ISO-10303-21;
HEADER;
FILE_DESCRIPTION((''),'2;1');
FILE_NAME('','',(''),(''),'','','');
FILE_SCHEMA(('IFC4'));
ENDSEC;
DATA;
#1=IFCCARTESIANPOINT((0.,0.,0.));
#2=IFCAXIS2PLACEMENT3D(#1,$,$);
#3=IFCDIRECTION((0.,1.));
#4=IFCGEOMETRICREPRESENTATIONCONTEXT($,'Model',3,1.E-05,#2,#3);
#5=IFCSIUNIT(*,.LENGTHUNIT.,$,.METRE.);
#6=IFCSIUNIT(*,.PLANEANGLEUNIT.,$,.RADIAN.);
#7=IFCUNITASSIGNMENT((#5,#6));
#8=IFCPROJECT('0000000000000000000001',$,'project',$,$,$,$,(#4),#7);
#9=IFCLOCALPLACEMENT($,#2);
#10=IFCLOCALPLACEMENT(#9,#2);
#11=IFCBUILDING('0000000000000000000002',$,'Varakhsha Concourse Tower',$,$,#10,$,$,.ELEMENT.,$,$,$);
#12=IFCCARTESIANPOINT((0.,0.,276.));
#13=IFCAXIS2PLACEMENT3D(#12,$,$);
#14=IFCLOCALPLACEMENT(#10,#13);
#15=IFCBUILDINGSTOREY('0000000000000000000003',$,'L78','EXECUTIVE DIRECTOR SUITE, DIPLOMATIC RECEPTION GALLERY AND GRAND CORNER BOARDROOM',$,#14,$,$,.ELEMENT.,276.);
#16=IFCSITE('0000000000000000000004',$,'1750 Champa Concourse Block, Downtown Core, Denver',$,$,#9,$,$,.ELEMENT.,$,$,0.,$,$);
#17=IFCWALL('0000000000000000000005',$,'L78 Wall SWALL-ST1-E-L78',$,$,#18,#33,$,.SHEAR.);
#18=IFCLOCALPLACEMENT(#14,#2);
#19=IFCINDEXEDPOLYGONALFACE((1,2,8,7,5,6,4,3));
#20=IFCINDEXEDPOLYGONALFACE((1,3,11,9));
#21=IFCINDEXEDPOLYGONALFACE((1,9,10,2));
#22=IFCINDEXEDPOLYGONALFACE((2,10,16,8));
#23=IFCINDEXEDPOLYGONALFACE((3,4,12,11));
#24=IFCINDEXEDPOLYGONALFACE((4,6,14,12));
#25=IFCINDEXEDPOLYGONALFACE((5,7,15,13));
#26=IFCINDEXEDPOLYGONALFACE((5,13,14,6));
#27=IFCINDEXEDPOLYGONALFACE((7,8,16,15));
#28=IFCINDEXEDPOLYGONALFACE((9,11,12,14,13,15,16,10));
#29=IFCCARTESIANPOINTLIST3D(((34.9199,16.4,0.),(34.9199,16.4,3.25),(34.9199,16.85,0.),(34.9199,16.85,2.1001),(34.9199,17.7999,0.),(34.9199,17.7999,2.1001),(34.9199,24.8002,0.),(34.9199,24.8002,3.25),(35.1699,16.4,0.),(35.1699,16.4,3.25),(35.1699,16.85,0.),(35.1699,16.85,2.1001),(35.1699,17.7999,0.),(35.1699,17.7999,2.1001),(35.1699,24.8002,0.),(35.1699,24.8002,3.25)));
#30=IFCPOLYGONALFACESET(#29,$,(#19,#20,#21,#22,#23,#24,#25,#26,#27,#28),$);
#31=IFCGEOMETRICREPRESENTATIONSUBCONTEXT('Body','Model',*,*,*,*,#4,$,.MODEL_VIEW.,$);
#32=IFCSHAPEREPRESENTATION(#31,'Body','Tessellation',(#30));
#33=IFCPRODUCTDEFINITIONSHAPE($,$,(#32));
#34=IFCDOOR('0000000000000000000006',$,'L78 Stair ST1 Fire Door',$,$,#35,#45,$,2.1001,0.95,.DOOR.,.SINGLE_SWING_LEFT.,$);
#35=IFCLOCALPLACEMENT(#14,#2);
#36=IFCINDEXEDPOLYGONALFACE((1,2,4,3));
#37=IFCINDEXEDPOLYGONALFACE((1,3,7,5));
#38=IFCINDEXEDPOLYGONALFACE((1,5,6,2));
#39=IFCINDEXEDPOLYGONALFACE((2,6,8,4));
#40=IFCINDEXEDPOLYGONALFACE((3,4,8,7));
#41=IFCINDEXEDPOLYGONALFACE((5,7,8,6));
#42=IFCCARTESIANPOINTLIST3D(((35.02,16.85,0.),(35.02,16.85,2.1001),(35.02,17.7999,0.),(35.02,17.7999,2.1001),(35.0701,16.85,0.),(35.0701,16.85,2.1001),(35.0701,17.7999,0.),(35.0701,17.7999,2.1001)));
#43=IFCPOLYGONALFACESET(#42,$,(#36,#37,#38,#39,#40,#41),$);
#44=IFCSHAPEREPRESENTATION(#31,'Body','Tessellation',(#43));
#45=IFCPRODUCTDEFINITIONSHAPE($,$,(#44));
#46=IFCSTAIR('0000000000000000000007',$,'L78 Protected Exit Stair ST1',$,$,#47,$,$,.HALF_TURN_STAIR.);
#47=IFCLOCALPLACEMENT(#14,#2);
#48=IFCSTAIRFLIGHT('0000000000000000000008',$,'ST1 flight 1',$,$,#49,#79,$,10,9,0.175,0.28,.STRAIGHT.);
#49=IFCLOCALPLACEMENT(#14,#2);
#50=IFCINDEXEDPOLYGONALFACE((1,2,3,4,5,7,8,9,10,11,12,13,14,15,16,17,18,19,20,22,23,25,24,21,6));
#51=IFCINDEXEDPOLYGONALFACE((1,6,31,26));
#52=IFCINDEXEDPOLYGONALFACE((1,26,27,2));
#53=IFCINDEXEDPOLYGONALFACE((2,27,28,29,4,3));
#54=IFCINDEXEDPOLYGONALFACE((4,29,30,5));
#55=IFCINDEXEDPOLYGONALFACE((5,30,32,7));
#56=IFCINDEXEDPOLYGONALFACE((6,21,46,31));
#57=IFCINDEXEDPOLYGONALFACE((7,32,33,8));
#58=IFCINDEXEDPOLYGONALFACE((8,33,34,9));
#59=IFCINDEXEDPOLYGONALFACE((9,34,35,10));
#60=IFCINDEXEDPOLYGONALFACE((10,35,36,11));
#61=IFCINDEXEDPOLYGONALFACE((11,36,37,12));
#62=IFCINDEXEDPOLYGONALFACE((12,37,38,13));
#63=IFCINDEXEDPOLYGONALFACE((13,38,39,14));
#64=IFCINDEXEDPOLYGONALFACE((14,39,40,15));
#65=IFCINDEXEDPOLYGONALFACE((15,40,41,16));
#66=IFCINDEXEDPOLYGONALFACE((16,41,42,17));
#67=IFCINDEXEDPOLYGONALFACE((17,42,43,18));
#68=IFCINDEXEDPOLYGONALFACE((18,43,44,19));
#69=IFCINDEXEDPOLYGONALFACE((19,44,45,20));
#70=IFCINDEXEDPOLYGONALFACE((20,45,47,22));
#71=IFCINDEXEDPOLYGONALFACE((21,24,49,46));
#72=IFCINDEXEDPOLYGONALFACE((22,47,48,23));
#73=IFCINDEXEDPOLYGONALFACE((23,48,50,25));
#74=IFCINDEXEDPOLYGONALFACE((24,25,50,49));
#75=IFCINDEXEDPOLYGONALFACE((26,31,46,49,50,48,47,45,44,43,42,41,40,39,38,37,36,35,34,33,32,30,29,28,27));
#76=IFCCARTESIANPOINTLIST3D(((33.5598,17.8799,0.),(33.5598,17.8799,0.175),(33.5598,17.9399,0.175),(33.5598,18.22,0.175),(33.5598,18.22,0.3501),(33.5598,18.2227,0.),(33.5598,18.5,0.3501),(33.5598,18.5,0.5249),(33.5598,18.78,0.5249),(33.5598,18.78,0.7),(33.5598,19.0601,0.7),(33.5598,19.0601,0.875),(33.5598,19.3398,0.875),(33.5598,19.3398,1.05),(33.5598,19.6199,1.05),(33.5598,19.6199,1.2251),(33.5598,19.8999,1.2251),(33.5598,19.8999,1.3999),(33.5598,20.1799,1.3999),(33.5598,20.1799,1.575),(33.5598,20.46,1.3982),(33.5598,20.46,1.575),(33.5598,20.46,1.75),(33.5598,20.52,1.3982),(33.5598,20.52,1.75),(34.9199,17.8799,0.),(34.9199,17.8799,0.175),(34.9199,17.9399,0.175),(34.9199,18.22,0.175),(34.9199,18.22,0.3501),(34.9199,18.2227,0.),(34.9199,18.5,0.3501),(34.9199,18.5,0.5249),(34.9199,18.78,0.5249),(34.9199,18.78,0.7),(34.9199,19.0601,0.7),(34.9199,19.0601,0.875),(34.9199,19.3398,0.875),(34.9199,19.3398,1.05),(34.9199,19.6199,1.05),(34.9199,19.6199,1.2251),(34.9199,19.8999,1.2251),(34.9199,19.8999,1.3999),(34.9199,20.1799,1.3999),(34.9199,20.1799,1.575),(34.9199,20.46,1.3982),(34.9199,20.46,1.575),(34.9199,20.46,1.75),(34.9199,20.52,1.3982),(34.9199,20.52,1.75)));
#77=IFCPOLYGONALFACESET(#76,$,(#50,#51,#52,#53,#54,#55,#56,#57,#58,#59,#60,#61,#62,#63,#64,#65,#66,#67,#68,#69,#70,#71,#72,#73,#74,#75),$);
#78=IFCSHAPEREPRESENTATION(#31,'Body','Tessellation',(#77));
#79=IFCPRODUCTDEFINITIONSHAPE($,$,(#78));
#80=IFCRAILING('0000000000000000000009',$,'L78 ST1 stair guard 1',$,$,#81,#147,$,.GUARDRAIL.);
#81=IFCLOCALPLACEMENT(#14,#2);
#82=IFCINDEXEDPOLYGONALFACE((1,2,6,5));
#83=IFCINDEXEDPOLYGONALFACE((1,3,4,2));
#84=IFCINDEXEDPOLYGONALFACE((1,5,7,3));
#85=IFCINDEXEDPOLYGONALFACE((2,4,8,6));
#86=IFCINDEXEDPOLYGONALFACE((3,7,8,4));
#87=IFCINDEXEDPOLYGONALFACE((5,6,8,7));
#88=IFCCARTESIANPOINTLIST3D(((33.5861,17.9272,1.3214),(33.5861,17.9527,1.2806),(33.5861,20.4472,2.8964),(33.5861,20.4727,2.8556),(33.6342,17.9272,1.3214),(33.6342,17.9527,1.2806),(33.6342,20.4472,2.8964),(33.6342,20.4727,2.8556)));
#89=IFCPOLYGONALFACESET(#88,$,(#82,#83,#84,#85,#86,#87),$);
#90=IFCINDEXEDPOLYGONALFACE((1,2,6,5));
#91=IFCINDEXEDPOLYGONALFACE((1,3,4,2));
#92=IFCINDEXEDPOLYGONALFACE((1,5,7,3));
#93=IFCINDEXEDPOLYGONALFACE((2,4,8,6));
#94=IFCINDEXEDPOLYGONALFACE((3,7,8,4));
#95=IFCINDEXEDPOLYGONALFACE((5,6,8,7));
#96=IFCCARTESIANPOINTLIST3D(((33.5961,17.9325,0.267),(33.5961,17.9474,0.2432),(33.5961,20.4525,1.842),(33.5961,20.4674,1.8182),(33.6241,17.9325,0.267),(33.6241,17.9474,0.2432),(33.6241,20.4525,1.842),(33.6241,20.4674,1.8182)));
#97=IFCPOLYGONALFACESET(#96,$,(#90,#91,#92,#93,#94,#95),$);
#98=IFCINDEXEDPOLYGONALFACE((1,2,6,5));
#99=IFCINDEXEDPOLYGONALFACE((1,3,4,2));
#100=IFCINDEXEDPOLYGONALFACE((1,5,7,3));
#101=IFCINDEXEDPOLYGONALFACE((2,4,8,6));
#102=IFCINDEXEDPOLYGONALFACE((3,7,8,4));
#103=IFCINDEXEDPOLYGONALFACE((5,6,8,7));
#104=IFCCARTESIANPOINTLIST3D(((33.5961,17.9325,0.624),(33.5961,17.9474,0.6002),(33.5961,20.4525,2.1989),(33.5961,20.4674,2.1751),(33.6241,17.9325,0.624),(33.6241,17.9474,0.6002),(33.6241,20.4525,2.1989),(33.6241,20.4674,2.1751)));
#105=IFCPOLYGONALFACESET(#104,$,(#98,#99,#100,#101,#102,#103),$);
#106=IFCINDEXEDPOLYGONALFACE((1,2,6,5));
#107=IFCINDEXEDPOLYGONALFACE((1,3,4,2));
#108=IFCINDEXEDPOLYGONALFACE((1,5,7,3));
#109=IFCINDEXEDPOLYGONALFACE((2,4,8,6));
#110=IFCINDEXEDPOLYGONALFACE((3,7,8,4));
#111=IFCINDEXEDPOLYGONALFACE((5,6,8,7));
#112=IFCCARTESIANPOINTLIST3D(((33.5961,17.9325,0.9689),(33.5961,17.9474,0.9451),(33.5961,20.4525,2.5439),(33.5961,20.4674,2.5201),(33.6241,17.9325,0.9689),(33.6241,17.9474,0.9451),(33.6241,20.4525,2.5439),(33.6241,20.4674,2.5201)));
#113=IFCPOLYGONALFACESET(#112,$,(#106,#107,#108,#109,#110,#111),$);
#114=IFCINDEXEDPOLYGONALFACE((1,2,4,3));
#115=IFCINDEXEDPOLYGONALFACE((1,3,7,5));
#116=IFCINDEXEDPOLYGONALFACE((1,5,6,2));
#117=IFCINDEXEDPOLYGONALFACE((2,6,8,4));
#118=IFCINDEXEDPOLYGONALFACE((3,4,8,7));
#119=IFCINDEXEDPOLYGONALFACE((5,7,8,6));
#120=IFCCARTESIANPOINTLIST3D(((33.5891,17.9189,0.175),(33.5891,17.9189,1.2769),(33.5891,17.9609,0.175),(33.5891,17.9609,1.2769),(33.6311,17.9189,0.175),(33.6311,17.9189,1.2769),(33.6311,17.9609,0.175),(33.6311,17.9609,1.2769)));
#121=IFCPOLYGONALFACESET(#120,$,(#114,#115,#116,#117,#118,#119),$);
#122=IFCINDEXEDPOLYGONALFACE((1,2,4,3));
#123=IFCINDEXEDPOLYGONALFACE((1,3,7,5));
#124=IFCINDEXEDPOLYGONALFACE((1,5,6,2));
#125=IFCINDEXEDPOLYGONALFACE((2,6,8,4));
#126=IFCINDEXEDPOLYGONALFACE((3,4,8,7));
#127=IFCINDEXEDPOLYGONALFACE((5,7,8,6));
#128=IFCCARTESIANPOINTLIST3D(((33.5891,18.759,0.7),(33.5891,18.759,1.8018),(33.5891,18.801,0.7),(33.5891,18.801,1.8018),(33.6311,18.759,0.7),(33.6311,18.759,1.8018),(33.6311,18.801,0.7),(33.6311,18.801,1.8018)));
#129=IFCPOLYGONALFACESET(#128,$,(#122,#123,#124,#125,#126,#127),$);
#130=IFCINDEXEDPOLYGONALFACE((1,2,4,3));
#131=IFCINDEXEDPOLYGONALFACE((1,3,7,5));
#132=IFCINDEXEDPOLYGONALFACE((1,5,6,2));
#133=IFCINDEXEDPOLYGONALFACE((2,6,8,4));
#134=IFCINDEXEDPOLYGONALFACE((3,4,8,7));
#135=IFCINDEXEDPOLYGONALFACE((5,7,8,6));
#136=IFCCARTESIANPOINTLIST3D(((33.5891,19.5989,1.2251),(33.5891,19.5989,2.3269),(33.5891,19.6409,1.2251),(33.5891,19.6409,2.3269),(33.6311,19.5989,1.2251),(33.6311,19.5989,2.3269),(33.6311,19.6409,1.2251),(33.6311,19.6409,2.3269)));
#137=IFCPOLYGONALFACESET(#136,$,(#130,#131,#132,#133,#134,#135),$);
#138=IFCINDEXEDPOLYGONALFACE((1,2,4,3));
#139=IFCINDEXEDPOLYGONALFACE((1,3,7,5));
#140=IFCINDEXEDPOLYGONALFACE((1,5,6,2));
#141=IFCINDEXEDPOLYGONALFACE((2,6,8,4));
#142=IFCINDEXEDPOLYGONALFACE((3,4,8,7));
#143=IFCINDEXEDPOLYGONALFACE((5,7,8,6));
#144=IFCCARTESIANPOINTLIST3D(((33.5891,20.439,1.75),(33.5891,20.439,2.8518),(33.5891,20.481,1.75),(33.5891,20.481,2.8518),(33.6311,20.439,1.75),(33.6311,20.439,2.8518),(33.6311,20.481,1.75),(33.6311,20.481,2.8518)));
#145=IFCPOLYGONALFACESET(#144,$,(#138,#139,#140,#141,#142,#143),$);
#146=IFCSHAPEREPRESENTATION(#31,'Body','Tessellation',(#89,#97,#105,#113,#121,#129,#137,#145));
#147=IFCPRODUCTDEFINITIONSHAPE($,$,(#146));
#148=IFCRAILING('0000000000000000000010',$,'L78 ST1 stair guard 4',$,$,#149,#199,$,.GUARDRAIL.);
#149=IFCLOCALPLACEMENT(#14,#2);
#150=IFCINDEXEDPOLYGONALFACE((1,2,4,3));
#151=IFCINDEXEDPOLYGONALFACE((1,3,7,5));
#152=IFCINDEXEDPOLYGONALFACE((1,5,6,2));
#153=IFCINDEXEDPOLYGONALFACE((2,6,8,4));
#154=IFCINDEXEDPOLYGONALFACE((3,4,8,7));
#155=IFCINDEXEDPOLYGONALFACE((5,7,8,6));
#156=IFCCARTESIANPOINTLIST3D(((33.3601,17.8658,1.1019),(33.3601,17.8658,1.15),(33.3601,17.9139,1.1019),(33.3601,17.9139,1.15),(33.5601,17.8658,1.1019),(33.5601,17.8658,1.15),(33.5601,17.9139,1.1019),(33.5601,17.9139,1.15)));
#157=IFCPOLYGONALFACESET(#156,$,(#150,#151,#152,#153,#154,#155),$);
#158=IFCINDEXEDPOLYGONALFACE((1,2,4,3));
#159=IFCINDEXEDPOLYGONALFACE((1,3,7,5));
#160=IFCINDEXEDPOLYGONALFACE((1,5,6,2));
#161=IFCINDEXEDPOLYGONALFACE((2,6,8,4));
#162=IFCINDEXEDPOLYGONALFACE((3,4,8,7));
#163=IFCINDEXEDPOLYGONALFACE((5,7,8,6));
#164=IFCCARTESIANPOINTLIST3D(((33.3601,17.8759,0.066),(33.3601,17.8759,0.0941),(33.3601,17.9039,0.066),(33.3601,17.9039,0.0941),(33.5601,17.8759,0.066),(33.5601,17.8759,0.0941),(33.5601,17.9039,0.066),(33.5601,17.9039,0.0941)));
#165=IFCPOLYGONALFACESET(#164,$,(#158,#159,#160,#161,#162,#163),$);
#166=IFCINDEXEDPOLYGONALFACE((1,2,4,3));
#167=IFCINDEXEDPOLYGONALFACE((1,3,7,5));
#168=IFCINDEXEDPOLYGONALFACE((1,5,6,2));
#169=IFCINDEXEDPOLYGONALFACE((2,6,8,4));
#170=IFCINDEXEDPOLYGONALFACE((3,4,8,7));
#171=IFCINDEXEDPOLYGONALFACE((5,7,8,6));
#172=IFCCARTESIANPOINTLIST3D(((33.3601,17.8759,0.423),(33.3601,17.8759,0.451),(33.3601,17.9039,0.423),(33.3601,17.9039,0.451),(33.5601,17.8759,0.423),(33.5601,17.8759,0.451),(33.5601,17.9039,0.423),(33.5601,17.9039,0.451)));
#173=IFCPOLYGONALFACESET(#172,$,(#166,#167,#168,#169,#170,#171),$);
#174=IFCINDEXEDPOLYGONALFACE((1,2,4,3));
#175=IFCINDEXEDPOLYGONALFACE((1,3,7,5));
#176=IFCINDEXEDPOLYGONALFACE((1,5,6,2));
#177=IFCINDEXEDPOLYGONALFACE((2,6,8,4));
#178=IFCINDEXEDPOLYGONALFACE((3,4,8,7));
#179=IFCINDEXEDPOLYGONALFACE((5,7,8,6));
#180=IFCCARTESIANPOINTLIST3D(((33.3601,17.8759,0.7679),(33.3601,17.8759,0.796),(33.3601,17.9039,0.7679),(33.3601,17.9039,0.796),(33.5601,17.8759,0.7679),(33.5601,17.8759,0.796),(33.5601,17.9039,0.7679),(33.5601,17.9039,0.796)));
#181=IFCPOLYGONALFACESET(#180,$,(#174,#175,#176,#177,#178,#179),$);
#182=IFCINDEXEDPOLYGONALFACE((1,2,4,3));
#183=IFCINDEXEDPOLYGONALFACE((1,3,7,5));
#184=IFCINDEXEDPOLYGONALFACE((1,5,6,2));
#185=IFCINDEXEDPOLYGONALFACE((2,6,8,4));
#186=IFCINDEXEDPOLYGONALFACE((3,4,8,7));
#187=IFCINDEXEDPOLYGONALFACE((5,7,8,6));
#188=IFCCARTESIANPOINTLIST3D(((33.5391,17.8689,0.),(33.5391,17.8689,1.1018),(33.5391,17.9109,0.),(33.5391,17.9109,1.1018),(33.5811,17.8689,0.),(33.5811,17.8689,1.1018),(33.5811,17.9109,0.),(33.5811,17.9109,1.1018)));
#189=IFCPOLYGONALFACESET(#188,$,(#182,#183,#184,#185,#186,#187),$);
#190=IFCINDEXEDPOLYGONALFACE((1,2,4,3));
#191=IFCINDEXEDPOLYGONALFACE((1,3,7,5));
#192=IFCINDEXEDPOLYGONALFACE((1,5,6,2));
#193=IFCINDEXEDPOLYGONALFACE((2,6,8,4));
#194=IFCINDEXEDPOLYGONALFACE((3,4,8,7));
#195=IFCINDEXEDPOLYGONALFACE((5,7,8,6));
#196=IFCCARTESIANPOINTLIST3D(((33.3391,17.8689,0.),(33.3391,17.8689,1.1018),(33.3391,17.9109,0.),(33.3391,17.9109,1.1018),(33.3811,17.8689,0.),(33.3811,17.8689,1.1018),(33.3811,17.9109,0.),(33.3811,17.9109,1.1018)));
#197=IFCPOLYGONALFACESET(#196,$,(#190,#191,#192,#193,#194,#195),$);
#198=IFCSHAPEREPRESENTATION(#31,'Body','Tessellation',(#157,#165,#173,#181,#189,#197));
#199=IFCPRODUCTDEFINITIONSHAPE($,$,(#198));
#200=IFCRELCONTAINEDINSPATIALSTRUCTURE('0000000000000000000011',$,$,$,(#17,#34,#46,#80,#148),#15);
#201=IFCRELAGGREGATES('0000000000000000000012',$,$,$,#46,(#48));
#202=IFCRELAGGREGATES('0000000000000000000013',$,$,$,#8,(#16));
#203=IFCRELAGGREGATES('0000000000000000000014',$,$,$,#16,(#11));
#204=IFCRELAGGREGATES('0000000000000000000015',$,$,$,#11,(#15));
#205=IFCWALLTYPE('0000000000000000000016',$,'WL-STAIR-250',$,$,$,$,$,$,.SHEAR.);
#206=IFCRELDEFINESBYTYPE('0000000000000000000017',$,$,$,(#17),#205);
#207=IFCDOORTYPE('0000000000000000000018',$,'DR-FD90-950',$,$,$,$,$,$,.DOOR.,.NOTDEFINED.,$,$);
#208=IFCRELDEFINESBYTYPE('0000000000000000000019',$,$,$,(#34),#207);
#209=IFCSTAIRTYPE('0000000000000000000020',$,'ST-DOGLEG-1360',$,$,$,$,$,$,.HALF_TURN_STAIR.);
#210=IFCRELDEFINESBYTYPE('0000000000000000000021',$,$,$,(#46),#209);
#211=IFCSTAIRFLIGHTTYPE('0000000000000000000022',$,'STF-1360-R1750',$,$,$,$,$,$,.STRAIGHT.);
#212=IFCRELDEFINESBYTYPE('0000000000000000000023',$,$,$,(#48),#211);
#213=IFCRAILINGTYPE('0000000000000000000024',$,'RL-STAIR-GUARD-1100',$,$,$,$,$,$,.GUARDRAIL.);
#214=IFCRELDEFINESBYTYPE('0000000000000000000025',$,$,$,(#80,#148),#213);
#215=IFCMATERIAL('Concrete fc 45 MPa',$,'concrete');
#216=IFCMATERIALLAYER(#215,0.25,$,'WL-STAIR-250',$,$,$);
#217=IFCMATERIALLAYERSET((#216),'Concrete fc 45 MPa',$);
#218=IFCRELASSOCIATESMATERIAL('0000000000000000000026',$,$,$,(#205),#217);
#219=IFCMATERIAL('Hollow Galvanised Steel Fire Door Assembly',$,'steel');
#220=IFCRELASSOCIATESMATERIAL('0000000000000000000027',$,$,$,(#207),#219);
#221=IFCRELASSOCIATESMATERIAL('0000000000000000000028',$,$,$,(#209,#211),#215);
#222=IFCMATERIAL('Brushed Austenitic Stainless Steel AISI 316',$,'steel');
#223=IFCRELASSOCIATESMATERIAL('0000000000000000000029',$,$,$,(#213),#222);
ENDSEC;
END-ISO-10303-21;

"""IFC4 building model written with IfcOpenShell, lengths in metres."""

from ifc_helpers import new_model, si_unit, direction, frame, frame_2d, origin, origin_2d, place, context, subcontext, project, spatial, polyline, rectangle, outline, extrude, material, layer, layer_set, type_object, element, fill, aggregate, save


model = new_model("IFC4")

# Units and contexts
model_context = context("Model", 3, precision=1e-05, world=origin(), true_north=direction((0.0, 1.0)))
body_context = subcontext(model_context, "Body", "Model", "MODEL_VIEW")
ifc_project = project(units=[si_unit("LENGTHUNIT", "METRE"), si_unit("PLANEANGLEUNIT", "RADIAN")], contexts=[model_context])

# Site, building, storey
site_placement = place(None, origin())
site = spatial("IfcSite", under=ifc_project, at=site_placement, Name="1750 Champa Concourse Block, Downtown Core, Denver", CompositionType="ELEMENT", RefElevation=0.0)
building_placement = place(site_placement, origin())
building = spatial("IfcBuilding", under=site, at=building_placement, Name="Varakhsha Concourse Tower", CompositionType="ELEMENT")
storey_placement = place(building_placement, frame((0.0, 0.0, 276.0)))
storey = spatial("IfcBuildingStorey", under=building, at=storey_placement, Name="L78", Description="EXECUTIVE DIRECTOR SUITE, DIPLOMATIC RECEPTION GALLERY AND GRAND CORNER BOARDROOM", CompositionType="ELEMENT", Elevation=276.0)

# Shared definitions
ifc_material_1 = material(Name="Hollow Galvanised Steel Fire Door Assembly", Category="steel")

# Wall, opening, door
ifc_material_2 = material(Name="Concrete fc 45 MPa", Category="concrete")
ifc_layer_1 = layer(ifc_material_2, 0.25, Name="WL-STAIR-250")
ifc_layer_set_1 = layer_set([ifc_layer_1], Name="Concrete fc 45 MPa")
wall_type_1 = type_object("IfcWallType", Name="WL-STAIR-250", PredefinedType="SHEAR", material=ifc_layer_set_1)
wall_1_placement = place(storey_placement, frame((35.0449, 16.3999, 0.0), z_axis=(0.0, 0.0, 1.0), x_axis=(0.0, 1.0, 0.0)))
wall_1 = element("IfcWall", 1, at=wall_1_placement, inside=storey, type_object=wall_type_1, Name="L78 Wall SWALL-ST1-E-L78", PredefinedType="SHEAR", context=body_context, shape_type="SweptSolid", body=[
    extrude(rectangle(XDim=8.4001, YDim=0.25, at=frame_2d((4.2002, 0.0))), origin(), (0.0, 0.0, 1.0), 3.25),
])
opening_1_placement = place(wall_1_placement, frame((0.45, 0.0, 0.0)))
opening_1 = element("IfcOpeningElement", 2, at=opening_1_placement, cuts=wall_1, PredefinedType="OPENING", context=body_context, shape_type="SweptSolid", body=[
    extrude(rectangle(XDim=0.95, YDim=2.1001, at=frame_2d((0.4751, 1.05))), frame((0.0, 0.135, 0.0), z_axis=(0.0, -1.0, 0.0), x_axis=(1.0, 0.0, 0.0)), (0.0, 0.0, 1.0), 0.27),
])
door_type_1 = type_object("IfcDoorType", Name="DR-FD90-950", OperationType="NOTDEFINED", PredefinedType="DOOR", material=ifc_material_1)
door_1_placement = place(opening_1_placement, origin())
door_1 = element("IfcDoor", 3, at=door_1_placement, inside=storey, type_object=door_type_1, Name="L78 Stair ST1 Fire Door", OperationType="SINGLE_SWING_LEFT", OverallHeight=2.1001, OverallWidth=0.95, PredefinedType="DOOR", context=body_context, shape_type="SweptSolid", body=[
    extrude(rectangle(XDim=0.95, YDim=2.1001, at=frame_2d((0.4751, 1.05))), frame((0.0, 0.0249, 0.0), z_axis=(0.0, -1.0, 0.0), x_axis=(1.0, 0.0, 0.0)), (0.0, 0.0, 1.0), 0.05),
])
fill(opening_1, door_1)

# Stair, stair flight
stair_type = type_object("IfcStairType", Name="ST-DOGLEG-1360", PredefinedType="HALF_TURN_STAIR", material=ifc_material_2)
stair_placement = place(storey_placement, origin())
stair = element("IfcStair", 4, at=stair_placement, inside=storey, type_object=stair_type, Name="L78 Protected Exit Stair ST1", PredefinedType="HALF_TURN_STAIR")
stair_flight_type = type_object("IfcStairFlightType", Name="STF-1360-R1750", PredefinedType="STRAIGHT", material=ifc_material_2)
stair_flight_placement = place(storey_placement, frame((34.24, 17.9399, 0.0), z_axis=(0.0, 0.0, 1.0), x_axis=(0.0, 1.0, 0.0)))
stair_flight = element("IfcStairFlight", 5, at=stair_flight_placement, type_object=stair_flight_type, Name="ST1 flight 1", NumberOfRisers=10, NumberOfTreads=9, PredefinedType="STRAIGHT", RiserHeight=0.175, TreadLength=0.28, context=body_context, shape_type="SweptSolid", body=[
    extrude(outline(polyline([(-0.0601, 0.0), (-0.0601, 0.175), (0.0, 0.175), (0.28, 0.175), (0.28, 0.3501), (0.5601, 0.3501), (0.5601, 0.5249), (0.8401, 0.5249), (0.8401, 0.7), (1.1201, 0.7), (1.1201, 0.875), (1.3999, 0.875), (1.3999, 1.05), (1.6799, 1.05), (1.6799, 1.2251), (1.96, 1.2251), (1.96, 1.3999), (2.24, 1.3999), (2.24, 1.575), (2.52, 1.575), (2.52, 1.75), (2.5801, 1.75), (2.5801, 1.3982), (2.52, 1.3982), (0.2827, 0.0), (-0.0601, 0.0)])), frame((0.0, 0.6802, 0.0), z_axis=(0.0, -1.0, 0.0), x_axis=(1.0, 0.0, 0.0)), (0.0, 0.0, 1.0), 1.3601),
])
aggregate(stair, [stair_flight])

# Railings
ifc_material_3 = material(Name="Brushed Austenitic Stainless Steel AISI 316", Category="steel")
railing_type_1 = type_object("IfcRailingType", Name="RL-STAIR-GUARD-1100", PredefinedType="GUARDRAIL", material=ifc_material_3)
railing_1_placement = place(storey_placement, frame((33.6101, 17.9399, 0.175)))
element("IfcRailing", 6, at=railing_1_placement, inside=storey, type_object=railing_type_1, Name="L78 ST1 stair guard 1", PredefinedType="GUARDRAIL", context=body_context, shape_type="SweptSolid", body=[
    extrude(rectangle(XDim=0.0481, YDim=0.0481, at=origin_2d()), frame((0.0, 0.0, 1.126), z_axis=(0.0, 0.848008, 0.529984), x_axis=(-1.0, 0.0, 0.0)), (0.0, 0.0, 1.0), 2.9717),
    extrude(rectangle(XDim=0.0281, YDim=0.0281, at=origin_2d()), frame((0.0, 0.0, 0.0801), z_axis=(0.0, 0.848008, 0.529984), x_axis=(-1.0, 0.0, 0.0)), (0.0, 0.0, 1.0), 2.9717),
    extrude(rectangle(XDim=0.0281, YDim=0.0281, at=origin_2d()), frame((0.0, 0.0, 0.437), z_axis=(0.0, 0.848008, 0.529984), x_axis=(-1.0, 0.0, 0.0)), (0.0, 0.0, 1.0), 2.9717),
    extrude(rectangle(XDim=0.0281, YDim=0.0281, at=origin_2d()), frame((0.0, 0.0, 0.782), z_axis=(0.0, 0.848008, 0.529984), x_axis=(-1.0, 0.0, 0.0)), (0.0, 0.0, 1.0), 2.9717),
    extrude(rectangle(XDim=0.042, YDim=0.042, at=origin_2d()), origin(), (0.0, 0.0, 1.0), 1.1018),
    extrude(rectangle(XDim=0.042, YDim=0.042, at=origin_2d()), frame((0.0, 0.8401, 0.5249)), (0.0, 0.0, 1.0), 1.1018),
    extrude(rectangle(XDim=0.042, YDim=0.042, at=origin_2d()), frame((0.0, 1.6799, 1.05)), (0.0, 0.0, 1.0), 1.1018),
    extrude(rectangle(XDim=0.042, YDim=0.042, at=origin_2d()), frame((0.0, 2.52, 1.575)), (0.0, 0.0, 1.0), 1.1018),
])
railing_2_placement = place(storey_placement, frame((33.5601, 17.8899, 0.0)))
element("IfcRailing", 7, at=railing_2_placement, inside=storey, type_object=railing_type_1, Name="L78 ST1 stair guard 4", PredefinedType="GUARDRAIL", context=body_context, shape_type="SweptSolid", body=[
    extrude(rectangle(XDim=0.0481, YDim=0.0481, at=origin_2d()), frame((0.0, 0.0, 1.126), z_axis=(-1.0, 0.0, 0.0), x_axis=(0.0, -1.0, 0.0)), (0.0, 0.0, 1.0), 0.2),
    extrude(rectangle(XDim=0.0281, YDim=0.0281, at=origin_2d()), frame((0.0, 0.0, 0.0801), z_axis=(-1.0, 0.0, 0.0), x_axis=(0.0, -1.0, 0.0)), (0.0, 0.0, 1.0), 0.2),
    extrude(rectangle(XDim=0.0281, YDim=0.0281, at=origin_2d()), frame((0.0, 0.0, 0.437), z_axis=(-1.0, 0.0, 0.0), x_axis=(0.0, -1.0, 0.0)), (0.0, 0.0, 1.0), 0.2),
    extrude(rectangle(XDim=0.0281, YDim=0.0281, at=origin_2d()), frame((0.0, 0.0, 0.782), z_axis=(-1.0, 0.0, 0.0), x_axis=(0.0, -1.0, 0.0)), (0.0, 0.0, 1.0), 0.2),
    extrude(rectangle(XDim=0.042, YDim=0.042, at=origin_2d()), origin(), (0.0, 0.0, 1.0), 1.1018),
    extrude(rectangle(XDim=0.042, YDim=0.042, at=origin_2d()), frame((-0.2, 0.0, 0.0)), (0.0, 0.0, 1.0), 1.1018),
])

save(model, "model.ifc")
